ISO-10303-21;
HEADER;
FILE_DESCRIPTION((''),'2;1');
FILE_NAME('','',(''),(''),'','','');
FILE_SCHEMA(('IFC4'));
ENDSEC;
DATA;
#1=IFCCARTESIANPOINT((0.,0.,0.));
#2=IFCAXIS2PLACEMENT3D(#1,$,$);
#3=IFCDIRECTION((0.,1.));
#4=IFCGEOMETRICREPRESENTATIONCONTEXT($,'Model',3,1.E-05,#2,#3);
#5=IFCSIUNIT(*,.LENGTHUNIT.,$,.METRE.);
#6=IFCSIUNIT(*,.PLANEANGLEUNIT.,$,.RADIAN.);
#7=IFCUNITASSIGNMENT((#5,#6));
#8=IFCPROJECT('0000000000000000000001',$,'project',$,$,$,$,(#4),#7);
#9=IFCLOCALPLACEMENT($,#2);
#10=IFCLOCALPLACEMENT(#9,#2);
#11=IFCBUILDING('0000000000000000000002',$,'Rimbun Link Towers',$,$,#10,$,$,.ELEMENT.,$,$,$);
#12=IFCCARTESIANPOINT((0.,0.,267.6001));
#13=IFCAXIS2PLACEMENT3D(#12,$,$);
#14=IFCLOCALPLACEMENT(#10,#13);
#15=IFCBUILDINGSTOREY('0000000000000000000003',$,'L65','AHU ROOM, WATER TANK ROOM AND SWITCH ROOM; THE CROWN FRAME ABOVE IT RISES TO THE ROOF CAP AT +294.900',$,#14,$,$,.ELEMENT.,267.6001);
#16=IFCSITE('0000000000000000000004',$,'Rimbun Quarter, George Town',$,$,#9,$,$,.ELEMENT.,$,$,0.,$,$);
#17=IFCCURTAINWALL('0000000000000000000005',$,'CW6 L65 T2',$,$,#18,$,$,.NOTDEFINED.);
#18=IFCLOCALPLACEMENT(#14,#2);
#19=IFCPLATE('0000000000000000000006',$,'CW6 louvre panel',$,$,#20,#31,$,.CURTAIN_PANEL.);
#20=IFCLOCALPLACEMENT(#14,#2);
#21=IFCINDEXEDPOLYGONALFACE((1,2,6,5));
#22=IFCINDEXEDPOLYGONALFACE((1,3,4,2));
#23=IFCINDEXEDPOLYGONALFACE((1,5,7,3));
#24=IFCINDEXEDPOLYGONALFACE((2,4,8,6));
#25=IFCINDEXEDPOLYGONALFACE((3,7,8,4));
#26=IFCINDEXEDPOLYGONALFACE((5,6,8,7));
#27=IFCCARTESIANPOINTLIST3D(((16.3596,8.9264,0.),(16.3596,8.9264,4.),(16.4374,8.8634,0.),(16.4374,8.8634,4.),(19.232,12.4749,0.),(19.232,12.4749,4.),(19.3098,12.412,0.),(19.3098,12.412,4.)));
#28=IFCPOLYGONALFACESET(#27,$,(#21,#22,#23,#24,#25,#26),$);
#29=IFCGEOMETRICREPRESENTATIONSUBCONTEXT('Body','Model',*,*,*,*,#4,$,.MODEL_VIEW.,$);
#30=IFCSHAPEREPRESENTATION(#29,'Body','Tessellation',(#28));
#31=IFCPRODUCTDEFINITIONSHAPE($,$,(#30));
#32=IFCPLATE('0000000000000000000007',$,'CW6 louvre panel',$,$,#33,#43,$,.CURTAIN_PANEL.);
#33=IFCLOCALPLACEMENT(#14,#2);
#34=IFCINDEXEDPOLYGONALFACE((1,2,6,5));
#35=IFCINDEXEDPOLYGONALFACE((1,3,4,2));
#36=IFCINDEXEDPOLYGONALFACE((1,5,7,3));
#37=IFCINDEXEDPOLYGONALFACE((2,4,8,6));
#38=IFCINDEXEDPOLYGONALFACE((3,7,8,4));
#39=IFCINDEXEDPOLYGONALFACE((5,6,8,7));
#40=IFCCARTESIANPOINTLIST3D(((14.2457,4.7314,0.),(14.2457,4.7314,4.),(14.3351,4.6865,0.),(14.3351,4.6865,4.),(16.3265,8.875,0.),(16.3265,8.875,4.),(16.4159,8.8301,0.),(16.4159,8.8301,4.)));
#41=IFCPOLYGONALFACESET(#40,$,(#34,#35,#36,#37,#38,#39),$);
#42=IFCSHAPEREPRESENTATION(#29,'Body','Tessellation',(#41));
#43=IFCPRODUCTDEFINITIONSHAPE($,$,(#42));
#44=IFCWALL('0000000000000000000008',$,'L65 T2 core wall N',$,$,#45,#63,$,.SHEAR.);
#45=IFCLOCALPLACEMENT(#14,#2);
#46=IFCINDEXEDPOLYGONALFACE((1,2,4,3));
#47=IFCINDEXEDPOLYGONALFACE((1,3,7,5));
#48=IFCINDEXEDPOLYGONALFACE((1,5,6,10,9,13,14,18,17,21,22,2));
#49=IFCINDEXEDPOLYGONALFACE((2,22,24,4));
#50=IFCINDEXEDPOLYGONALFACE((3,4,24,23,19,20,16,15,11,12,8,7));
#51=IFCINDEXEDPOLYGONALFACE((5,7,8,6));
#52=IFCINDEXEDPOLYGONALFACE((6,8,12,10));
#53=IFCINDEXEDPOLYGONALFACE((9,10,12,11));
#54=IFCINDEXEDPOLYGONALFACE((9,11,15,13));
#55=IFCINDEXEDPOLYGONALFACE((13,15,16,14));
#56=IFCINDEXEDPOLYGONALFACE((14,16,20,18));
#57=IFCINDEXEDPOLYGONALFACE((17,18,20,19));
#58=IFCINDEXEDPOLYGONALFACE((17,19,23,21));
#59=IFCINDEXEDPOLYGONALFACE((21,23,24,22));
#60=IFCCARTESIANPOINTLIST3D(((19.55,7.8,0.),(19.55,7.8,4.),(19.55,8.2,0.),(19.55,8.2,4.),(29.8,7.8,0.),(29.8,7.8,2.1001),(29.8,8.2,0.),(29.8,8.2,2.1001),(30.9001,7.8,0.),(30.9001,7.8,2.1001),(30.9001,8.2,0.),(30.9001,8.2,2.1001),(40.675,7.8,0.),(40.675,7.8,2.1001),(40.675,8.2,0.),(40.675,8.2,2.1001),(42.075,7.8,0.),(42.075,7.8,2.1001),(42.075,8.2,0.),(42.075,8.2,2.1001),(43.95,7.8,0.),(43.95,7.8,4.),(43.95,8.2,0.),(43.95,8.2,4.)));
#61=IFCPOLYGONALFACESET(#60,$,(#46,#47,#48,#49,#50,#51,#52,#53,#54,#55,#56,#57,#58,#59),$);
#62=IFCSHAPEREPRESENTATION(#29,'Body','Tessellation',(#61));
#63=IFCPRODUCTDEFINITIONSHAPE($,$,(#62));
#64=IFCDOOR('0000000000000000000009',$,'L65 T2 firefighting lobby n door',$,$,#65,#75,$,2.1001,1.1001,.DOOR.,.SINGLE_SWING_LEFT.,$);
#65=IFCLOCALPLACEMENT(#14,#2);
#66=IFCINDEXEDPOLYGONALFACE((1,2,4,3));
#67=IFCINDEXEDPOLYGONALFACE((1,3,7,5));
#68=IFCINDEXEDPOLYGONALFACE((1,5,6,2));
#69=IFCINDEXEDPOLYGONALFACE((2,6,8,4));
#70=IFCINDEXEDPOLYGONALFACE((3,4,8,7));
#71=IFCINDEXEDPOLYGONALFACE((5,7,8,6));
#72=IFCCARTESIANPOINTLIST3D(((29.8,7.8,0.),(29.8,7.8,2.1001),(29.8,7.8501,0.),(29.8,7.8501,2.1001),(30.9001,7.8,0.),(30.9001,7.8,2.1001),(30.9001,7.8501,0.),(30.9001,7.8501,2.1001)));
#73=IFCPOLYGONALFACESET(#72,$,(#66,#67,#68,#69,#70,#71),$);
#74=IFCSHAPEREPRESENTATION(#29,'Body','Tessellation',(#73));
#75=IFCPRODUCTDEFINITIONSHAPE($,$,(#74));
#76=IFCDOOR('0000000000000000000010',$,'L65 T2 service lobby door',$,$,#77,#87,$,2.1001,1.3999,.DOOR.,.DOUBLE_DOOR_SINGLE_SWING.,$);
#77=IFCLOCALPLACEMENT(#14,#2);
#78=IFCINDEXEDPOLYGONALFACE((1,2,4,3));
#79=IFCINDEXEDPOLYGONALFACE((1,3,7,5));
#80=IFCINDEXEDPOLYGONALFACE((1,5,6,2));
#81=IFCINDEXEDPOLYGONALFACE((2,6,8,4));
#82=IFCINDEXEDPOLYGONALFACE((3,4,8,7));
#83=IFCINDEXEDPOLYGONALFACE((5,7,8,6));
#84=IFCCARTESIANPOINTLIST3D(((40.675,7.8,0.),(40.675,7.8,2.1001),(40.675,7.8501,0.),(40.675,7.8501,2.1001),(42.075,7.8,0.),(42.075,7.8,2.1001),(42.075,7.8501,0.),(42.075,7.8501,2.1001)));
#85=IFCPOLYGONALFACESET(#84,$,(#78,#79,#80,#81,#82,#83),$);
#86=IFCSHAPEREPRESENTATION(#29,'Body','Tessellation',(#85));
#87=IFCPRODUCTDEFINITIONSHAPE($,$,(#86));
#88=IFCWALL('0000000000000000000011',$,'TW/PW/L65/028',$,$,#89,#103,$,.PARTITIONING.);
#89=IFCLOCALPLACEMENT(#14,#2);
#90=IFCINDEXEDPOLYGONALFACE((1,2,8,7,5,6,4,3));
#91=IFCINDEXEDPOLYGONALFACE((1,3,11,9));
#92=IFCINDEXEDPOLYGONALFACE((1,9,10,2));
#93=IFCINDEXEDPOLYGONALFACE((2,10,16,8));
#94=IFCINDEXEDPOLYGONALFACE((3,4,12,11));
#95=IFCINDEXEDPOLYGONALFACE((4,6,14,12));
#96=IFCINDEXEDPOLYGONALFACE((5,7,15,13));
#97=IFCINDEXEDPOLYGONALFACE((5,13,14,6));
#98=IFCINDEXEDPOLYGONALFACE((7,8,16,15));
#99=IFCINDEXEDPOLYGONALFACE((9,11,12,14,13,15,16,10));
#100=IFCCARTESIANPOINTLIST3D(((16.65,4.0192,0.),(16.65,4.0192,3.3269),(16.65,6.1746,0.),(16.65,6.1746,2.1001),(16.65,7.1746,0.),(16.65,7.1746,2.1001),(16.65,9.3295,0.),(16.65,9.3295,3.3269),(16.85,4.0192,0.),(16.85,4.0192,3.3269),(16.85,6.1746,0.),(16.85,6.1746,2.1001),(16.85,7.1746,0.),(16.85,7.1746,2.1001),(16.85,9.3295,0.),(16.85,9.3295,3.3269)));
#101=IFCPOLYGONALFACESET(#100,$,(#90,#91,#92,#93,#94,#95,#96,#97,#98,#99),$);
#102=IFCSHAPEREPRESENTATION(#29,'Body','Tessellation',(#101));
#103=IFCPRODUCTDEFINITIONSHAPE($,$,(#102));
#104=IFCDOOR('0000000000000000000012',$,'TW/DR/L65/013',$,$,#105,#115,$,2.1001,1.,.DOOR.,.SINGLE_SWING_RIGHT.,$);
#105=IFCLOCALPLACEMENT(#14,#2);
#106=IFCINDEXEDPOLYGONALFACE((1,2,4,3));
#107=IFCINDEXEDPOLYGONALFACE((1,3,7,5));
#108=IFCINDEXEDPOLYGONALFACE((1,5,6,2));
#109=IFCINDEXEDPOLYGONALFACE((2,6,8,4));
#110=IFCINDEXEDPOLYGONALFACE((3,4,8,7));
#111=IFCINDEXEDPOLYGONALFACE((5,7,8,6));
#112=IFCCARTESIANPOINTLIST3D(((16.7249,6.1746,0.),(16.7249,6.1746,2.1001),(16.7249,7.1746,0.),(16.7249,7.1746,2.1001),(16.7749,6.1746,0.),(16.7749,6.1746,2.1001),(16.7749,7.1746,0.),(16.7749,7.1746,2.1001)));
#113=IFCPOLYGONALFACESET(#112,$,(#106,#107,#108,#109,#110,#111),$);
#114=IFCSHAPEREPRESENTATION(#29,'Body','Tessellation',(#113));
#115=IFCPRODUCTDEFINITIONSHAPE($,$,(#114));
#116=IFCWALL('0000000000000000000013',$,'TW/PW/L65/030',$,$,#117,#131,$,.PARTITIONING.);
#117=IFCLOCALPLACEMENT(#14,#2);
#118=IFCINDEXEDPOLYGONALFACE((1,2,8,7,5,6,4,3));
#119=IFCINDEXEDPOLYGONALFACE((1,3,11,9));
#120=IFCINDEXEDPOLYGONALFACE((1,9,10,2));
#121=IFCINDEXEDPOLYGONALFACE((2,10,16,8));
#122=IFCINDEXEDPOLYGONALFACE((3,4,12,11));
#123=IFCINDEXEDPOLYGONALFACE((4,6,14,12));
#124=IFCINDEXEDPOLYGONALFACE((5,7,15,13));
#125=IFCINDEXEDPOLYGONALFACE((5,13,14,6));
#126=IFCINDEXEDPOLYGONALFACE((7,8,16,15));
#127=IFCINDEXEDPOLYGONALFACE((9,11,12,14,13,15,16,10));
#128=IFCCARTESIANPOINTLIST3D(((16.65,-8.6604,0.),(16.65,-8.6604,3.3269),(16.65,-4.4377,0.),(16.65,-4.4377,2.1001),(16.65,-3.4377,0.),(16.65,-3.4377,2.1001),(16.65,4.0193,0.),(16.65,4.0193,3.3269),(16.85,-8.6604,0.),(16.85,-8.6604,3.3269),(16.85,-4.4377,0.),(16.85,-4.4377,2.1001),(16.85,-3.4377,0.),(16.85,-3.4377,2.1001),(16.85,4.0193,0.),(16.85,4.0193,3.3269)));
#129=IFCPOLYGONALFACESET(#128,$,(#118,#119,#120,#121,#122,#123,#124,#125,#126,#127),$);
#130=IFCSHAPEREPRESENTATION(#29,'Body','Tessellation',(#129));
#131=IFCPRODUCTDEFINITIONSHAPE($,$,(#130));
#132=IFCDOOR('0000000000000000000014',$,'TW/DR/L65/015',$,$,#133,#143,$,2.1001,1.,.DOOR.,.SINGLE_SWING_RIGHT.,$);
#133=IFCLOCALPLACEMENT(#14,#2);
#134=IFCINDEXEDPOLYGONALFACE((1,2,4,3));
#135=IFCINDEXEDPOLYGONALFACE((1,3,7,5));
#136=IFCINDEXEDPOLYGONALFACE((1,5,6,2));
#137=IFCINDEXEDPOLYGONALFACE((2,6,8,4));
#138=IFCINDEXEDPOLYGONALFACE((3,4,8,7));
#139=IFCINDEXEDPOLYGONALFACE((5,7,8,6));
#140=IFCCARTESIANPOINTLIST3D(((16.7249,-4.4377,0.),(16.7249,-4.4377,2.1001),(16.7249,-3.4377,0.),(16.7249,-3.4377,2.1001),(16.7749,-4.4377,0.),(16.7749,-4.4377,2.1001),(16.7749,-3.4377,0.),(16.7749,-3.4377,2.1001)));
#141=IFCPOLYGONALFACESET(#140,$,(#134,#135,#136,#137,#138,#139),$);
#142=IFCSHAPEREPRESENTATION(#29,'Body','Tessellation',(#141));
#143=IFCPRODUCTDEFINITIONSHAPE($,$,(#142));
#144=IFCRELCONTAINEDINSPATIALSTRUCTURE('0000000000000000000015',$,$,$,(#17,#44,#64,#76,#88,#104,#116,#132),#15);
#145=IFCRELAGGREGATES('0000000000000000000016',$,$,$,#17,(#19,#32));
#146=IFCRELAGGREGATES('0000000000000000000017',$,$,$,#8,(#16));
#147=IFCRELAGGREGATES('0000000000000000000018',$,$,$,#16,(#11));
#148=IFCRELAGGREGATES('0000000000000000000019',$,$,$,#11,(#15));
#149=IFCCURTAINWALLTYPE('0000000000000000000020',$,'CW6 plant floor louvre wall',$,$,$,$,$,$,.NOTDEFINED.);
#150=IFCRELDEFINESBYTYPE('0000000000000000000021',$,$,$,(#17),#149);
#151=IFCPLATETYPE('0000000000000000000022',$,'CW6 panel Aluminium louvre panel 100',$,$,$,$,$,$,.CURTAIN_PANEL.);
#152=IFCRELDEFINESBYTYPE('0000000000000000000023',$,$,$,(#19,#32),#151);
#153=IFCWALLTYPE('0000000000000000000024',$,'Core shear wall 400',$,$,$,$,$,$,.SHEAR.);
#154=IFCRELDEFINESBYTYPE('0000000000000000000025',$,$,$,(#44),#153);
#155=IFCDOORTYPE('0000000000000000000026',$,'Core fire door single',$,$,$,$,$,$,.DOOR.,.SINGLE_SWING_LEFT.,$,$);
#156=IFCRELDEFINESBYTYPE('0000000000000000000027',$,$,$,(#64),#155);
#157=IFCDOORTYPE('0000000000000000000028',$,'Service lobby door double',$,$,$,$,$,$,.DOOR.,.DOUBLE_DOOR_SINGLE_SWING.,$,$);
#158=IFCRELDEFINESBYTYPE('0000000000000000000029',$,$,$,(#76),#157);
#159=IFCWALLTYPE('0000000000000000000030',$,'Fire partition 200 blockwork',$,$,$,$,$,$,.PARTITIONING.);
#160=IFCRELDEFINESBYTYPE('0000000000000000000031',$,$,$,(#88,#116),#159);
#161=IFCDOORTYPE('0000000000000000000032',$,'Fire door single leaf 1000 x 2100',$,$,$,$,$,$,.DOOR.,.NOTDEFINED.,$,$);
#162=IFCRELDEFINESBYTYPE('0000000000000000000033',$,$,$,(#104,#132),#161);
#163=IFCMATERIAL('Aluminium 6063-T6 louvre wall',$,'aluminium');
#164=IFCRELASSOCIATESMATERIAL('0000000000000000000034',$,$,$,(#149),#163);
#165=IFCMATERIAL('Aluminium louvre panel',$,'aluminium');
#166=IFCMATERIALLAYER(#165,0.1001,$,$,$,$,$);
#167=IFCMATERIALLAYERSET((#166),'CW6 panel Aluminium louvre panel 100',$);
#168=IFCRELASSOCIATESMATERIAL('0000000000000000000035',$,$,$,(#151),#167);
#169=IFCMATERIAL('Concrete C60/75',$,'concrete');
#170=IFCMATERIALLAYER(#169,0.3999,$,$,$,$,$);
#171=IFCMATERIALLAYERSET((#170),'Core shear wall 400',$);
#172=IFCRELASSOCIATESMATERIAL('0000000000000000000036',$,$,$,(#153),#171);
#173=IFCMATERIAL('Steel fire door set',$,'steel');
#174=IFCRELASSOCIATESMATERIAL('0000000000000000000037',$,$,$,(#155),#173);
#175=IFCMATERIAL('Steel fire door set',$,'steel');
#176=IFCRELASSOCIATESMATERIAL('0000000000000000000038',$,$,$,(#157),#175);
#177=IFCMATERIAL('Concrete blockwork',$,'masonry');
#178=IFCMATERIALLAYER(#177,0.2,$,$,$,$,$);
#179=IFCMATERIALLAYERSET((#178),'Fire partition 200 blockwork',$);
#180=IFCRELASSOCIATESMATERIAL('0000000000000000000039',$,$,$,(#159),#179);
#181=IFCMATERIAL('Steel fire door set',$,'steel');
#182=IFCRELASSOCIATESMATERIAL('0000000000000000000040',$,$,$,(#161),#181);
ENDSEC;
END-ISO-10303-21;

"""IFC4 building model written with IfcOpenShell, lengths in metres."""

from ifc_helpers import new_model, si_unit, direction, frame, frame_2d, origin, origin_2d, place, context, subcontext, project, spatial, rectangle, extrude, material, layer, layer_set, type_object, element, fill, aggregate, save


model = new_model("IFC4")

# Units and contexts
model_context = context("Model", 3, precision=1e-05, world=origin(), true_north=direction((0.0, 1.0)))
body_context = subcontext(model_context, "Body", "Model", "MODEL_VIEW")
ifc_project = project(units=[si_unit("LENGTHUNIT", "METRE"), si_unit("PLANEANGLEUNIT", "RADIAN")], contexts=[model_context])

# Site, building, storey
site_placement = place(None, origin())
site = spatial("IfcSite", under=ifc_project, at=site_placement, Name="Rimbun Quarter, George Town", CompositionType="ELEMENT", RefElevation=0.0)
building_placement = place(site_placement, origin())
building = spatial("IfcBuilding", under=site, at=building_placement, Name="Rimbun Link Towers", CompositionType="ELEMENT")
storey_placement = place(building_placement, frame((0.0, 0.0, 267.6001)))
storey = spatial("IfcBuildingStorey", under=building, at=storey_placement, Name="L65", Description="AHU ROOM, WATER TANK ROOM AND SWITCH ROOM; THE CROWN FRAME ABOVE IT RISES TO THE ROOF CAP AT +294.900", CompositionType="ELEMENT", Elevation=267.6001)

# Curtain wall
ifc_material_1 = material(Name="Aluminium 6063-T6 louvre wall", Category="aluminium")
curtain_wall_type = type_object("IfcCurtainWallType", Name="CW6 plant floor louvre wall", PredefinedType="NOTDEFINED", material=ifc_material_1)
curtain_wall_placement = place(storey_placement, origin())
curtain_wall = element("IfcCurtainWall", 1, at=curtain_wall_placement, inside=storey, type_object=curtain_wall_type, Name="CW6 L65 T2", PredefinedType="NOTDEFINED")

# Plates
ifc_material_2 = material(Name="Aluminium louvre panel", Category="aluminium")
ifc_layer_1 = layer(ifc_material_2, 0.1001)
ifc_layer_set_1 = layer_set([ifc_layer_1], Name="CW6 panel Aluminium louvre panel 100")
plate_type = type_object("IfcPlateType", Name="CW6 panel Aluminium louvre panel 100", PredefinedType="CURTAIN_PANEL", material=ifc_layer_set_1)
plate_1_placement = place(storey_placement, frame((17.8347, 10.6692, 0.0), z_axis=(0.0, 0.0, 1.0), x_axis=(0.629176, 0.777263, 0.0)))
plate_1 = element("IfcPlate", 2, at=plate_1_placement, type_object=plate_type, Name="CW6 louvre panel", PredefinedType="CURTAIN_PANEL", context=body_context, shape_type="SweptSolid", body=[
    extrude(rectangle(XDim=4.5654, YDim=0.1001, at=origin_2d()), origin(), (0.0, 0.0, 1.0), 4.0),
])
plate_2_placement = place(storey_placement, frame((15.3308, 6.7808, 0.0), z_axis=(0.0, 0.0, 1.0), x_axis=(0.448761, 0.893652, 0.0)))
plate_2 = element("IfcPlate", 3, at=plate_2_placement, type_object=plate_type, Name="CW6 louvre panel", PredefinedType="CURTAIN_PANEL", context=body_context, shape_type="SweptSolid", body=[
    extrude(rectangle(XDim=4.6367, YDim=0.1001, at=origin_2d()), origin(), (0.0, 0.0, 1.0), 4.0),
])
aggregate(curtain_wall, [plate_1, plate_2])

# Wall, openings, doors
ifc_material_3 = material(Name="Concrete C60/75", Category="concrete")
ifc_layer_2 = layer(ifc_material_3, 0.3999)
ifc_layer_set_2 = layer_set([ifc_layer_2], Name="Core shear wall 400")
wall_type_1 = type_object("IfcWallType", Name="Core shear wall 400", PredefinedType="SHEAR", material=ifc_layer_set_2)
wall_1_placement = place(storey_placement, frame((19.55, 8.0, 0.0), z_axis=(0.0, 0.0, 1.0), x_axis=(1.0, 0.0, 0.0)))
wall_1 = element("IfcWall", 4, at=wall_1_placement, inside=storey, type_object=wall_type_1, Name="L65 T2 core wall N", PredefinedType="SHEAR", context=body_context, shape_type="SweptSolid", body=[
    extrude(rectangle(XDim=24.3999, YDim=0.3999, at=frame_2d((12.2, 0.0))), origin(), (0.0, 0.0, 1.0), 4.0),
])
opening_1_placement = place(wall_1_placement, frame((10.25, 0.0, 0.0)))
opening_1 = element("IfcOpeningElement", 5, at=opening_1_placement, cuts=wall_1, PredefinedType="OPENING", context=body_context, shape_type="SweptSolid", body=[
    extrude(rectangle(XDim=1.1001, YDim=2.1001, at=frame_2d((0.55, 1.05))), frame((0.0, 0.21, 0.0), z_axis=(0.0, -1.0, 0.0), x_axis=(1.0, 0.0, 0.0)), (0.0, 0.0, 1.0), 0.4199),
])
opening_2_placement = place(wall_1_placement, frame((21.125, 0.0, 0.0)))
opening_2 = element("IfcOpeningElement", 6, at=opening_2_placement, cuts=wall_1, PredefinedType="OPENING", context=body_context, shape_type="SweptSolid", body=[
    extrude(rectangle(XDim=1.3999, YDim=2.1001, at=frame_2d((0.7, 1.05))), frame((0.0, 0.21, 0.0), z_axis=(0.0, -1.0, 0.0), x_axis=(1.0, 0.0, 0.0)), (0.0, 0.0, 1.0), 0.4199),
])
ifc_material_4 = material(Name="Steel fire door set", Category="steel")
door_type_1 = type_object("IfcDoorType", Name="Core fire door single", OperationType="SINGLE_SWING_LEFT", PredefinedType="DOOR", material=ifc_material_4)
door_1_placement = place(opening_1_placement, origin())
door_1 = element("IfcDoor", 7, at=door_1_placement, inside=storey, type_object=door_type_1, Name="L65 T2 firefighting lobby n door", OperationType="SINGLE_SWING_LEFT", OverallHeight=2.1001, OverallWidth=1.1001, PredefinedType="DOOR", context=body_context, shape_type="SweptSolid", body=[
    extrude(rectangle(XDim=1.1001, YDim=2.1001, at=frame_2d((0.55, 1.05))), frame((0.0, -0.1499, 0.0), z_axis=(0.0, -1.0, 0.0), x_axis=(1.0, 0.0, 0.0)), (0.0, 0.0, 1.0), 0.05),
])
fill(opening_1, door_1)
ifc_material_5 = material(Name="Steel fire door set", Category="steel")
door_type_2 = type_object("IfcDoorType", Name="Service lobby door double", OperationType="DOUBLE_DOOR_SINGLE_SWING", PredefinedType="DOOR", material=ifc_material_5)
door_2_placement = place(opening_2_placement, origin())
door_2 = element("IfcDoor", 8, at=door_2_placement, inside=storey, type_object=door_type_2, Name="L65 T2 service lobby door", OperationType="DOUBLE_DOOR_SINGLE_SWING", OverallHeight=2.1001, OverallWidth=1.3999, PredefinedType="DOOR", context=body_context, shape_type="SweptSolid", body=[
    extrude(rectangle(XDim=1.3999, YDim=2.1001, at=frame_2d((0.7, 1.05))), frame((0.0, -0.1499, 0.0), z_axis=(0.0, -1.0, 0.0), x_axis=(1.0, 0.0, 0.0)), (0.0, 0.0, 1.0), 0.05),
])
fill(opening_2, door_2)

# Walls, openings, doors
ifc_material_6 = material(Name="Concrete blockwork", Category="masonry")
ifc_layer_3 = layer(ifc_material_6, 0.2)
ifc_layer_set_3 = layer_set([ifc_layer_3], Name="Fire partition 200 blockwork")
wall_type_2 = type_object("IfcWallType", Name="Fire partition 200 blockwork", PredefinedType="PARTITIONING", material=ifc_layer_set_3)
wall_2_placement = place(storey_placement, frame((16.75, 9.3296, 0.0), z_axis=(0.0, 0.0, 1.0), x_axis=(0.0, -1.0, 0.0)))
wall_2 = element("IfcWall", 9, at=wall_2_placement, inside=storey, type_object=wall_type_2, Name="TW/PW/L65/028", PredefinedType="PARTITIONING", context=body_context, shape_type="SweptSolid", body=[
    extrude(rectangle(XDim=5.3103, YDim=0.2, at=frame_2d((2.6553, 0.0))), origin(), (0.0, 0.0, 1.0), 3.3269),
])
opening_3_placement = place(wall_2_placement, frame((2.155, 0.0, 0.0)))
opening_3 = element("IfcOpeningElement", 10, at=opening_3_placement, cuts=wall_2, PredefinedType="OPENING", context=body_context, shape_type="SweptSolid", body=[
    extrude(rectangle(XDim=1.0, YDim=2.1001, at=frame_2d((0.5, 1.05))), frame((0.0, 0.1099, 0.0), z_axis=(0.0, -1.0, 0.0), x_axis=(1.0, 0.0, 0.0)), (0.0, 0.0, 1.0), 0.22),
])
ifc_material_7 = material(Name="Steel fire door set", Category="steel")
door_type_3 = type_object("IfcDoorType", Name="Fire door single leaf 1000 x 2100", OperationType="NOTDEFINED", PredefinedType="DOOR", material=ifc_material_7)
door_3_placement = place(opening_3_placement, origin())
door_3 = element("IfcDoor", 11, at=door_3_placement, inside=storey, type_object=door_type_3, Name="TW/DR/L65/013", OperationType="SINGLE_SWING_RIGHT", OverallHeight=2.1001, OverallWidth=1.0, PredefinedType="DOOR", context=body_context, shape_type="SweptSolid", body=[
    extrude(rectangle(XDim=1.0, YDim=2.1001, at=frame_2d((0.5, 1.05))), frame((0.0, 0.0249, 0.0), z_axis=(0.0, -1.0, 0.0), x_axis=(1.0, 0.0, 0.0)), (0.0, 0.0, 1.0), 0.05),
])
fill(opening_3, door_3)
wall_3_placement = place(storey_placement, frame((16.75, 4.0193, 0.0), z_axis=(0.0, 0.0, 1.0), x_axis=(0.0, -1.0, 0.0)))
wall_3 = element("IfcWall", 12, at=wall_3_placement, inside=storey, type_object=wall_type_2, Name="TW/PW/L65/030", PredefinedType="PARTITIONING", context=body_context, shape_type="SweptSolid", body=[
    extrude(rectangle(XDim=12.6797, YDim=0.2, at=frame_2d((6.3398, 0.0))), origin(), (0.0, 0.0, 1.0), 3.3269),
])
opening_4_placement = place(wall_3_placement, frame((7.457, 0.0, 0.0)))
opening_4 = element("IfcOpeningElement", 13, at=opening_4_placement, cuts=wall_3, PredefinedType="OPENING", context=body_context, shape_type="SweptSolid", body=[
    extrude(rectangle(XDim=1.0, YDim=2.1001, at=frame_2d((0.5, 1.05))), frame((0.0, 0.1099, 0.0), z_axis=(0.0, -1.0, 0.0), x_axis=(1.0, 0.0, 0.0)), (0.0, 0.0, 1.0), 0.22),
])
door_4_placement = place(opening_4_placement, origin())
door_4 = element("IfcDoor", 14, at=door_4_placement, inside=storey, type_object=door_type_3, Name="TW/DR/L65/015", OperationType="SINGLE_SWING_RIGHT", OverallHeight=2.1001, OverallWidth=1.0, PredefinedType="DOOR", context=body_context, shape_type="SweptSolid", body=[
    extrude(rectangle(XDim=1.0, YDim=2.1001, at=frame_2d((0.5, 1.05))), frame((0.0, 0.0249, 0.0), z_axis=(0.0, -1.0, 0.0), x_axis=(1.0, 0.0, 0.0)), (0.0, 0.0, 1.0), 0.05),
])
fill(opening_4, door_4)

save(model, "model.ifc")
